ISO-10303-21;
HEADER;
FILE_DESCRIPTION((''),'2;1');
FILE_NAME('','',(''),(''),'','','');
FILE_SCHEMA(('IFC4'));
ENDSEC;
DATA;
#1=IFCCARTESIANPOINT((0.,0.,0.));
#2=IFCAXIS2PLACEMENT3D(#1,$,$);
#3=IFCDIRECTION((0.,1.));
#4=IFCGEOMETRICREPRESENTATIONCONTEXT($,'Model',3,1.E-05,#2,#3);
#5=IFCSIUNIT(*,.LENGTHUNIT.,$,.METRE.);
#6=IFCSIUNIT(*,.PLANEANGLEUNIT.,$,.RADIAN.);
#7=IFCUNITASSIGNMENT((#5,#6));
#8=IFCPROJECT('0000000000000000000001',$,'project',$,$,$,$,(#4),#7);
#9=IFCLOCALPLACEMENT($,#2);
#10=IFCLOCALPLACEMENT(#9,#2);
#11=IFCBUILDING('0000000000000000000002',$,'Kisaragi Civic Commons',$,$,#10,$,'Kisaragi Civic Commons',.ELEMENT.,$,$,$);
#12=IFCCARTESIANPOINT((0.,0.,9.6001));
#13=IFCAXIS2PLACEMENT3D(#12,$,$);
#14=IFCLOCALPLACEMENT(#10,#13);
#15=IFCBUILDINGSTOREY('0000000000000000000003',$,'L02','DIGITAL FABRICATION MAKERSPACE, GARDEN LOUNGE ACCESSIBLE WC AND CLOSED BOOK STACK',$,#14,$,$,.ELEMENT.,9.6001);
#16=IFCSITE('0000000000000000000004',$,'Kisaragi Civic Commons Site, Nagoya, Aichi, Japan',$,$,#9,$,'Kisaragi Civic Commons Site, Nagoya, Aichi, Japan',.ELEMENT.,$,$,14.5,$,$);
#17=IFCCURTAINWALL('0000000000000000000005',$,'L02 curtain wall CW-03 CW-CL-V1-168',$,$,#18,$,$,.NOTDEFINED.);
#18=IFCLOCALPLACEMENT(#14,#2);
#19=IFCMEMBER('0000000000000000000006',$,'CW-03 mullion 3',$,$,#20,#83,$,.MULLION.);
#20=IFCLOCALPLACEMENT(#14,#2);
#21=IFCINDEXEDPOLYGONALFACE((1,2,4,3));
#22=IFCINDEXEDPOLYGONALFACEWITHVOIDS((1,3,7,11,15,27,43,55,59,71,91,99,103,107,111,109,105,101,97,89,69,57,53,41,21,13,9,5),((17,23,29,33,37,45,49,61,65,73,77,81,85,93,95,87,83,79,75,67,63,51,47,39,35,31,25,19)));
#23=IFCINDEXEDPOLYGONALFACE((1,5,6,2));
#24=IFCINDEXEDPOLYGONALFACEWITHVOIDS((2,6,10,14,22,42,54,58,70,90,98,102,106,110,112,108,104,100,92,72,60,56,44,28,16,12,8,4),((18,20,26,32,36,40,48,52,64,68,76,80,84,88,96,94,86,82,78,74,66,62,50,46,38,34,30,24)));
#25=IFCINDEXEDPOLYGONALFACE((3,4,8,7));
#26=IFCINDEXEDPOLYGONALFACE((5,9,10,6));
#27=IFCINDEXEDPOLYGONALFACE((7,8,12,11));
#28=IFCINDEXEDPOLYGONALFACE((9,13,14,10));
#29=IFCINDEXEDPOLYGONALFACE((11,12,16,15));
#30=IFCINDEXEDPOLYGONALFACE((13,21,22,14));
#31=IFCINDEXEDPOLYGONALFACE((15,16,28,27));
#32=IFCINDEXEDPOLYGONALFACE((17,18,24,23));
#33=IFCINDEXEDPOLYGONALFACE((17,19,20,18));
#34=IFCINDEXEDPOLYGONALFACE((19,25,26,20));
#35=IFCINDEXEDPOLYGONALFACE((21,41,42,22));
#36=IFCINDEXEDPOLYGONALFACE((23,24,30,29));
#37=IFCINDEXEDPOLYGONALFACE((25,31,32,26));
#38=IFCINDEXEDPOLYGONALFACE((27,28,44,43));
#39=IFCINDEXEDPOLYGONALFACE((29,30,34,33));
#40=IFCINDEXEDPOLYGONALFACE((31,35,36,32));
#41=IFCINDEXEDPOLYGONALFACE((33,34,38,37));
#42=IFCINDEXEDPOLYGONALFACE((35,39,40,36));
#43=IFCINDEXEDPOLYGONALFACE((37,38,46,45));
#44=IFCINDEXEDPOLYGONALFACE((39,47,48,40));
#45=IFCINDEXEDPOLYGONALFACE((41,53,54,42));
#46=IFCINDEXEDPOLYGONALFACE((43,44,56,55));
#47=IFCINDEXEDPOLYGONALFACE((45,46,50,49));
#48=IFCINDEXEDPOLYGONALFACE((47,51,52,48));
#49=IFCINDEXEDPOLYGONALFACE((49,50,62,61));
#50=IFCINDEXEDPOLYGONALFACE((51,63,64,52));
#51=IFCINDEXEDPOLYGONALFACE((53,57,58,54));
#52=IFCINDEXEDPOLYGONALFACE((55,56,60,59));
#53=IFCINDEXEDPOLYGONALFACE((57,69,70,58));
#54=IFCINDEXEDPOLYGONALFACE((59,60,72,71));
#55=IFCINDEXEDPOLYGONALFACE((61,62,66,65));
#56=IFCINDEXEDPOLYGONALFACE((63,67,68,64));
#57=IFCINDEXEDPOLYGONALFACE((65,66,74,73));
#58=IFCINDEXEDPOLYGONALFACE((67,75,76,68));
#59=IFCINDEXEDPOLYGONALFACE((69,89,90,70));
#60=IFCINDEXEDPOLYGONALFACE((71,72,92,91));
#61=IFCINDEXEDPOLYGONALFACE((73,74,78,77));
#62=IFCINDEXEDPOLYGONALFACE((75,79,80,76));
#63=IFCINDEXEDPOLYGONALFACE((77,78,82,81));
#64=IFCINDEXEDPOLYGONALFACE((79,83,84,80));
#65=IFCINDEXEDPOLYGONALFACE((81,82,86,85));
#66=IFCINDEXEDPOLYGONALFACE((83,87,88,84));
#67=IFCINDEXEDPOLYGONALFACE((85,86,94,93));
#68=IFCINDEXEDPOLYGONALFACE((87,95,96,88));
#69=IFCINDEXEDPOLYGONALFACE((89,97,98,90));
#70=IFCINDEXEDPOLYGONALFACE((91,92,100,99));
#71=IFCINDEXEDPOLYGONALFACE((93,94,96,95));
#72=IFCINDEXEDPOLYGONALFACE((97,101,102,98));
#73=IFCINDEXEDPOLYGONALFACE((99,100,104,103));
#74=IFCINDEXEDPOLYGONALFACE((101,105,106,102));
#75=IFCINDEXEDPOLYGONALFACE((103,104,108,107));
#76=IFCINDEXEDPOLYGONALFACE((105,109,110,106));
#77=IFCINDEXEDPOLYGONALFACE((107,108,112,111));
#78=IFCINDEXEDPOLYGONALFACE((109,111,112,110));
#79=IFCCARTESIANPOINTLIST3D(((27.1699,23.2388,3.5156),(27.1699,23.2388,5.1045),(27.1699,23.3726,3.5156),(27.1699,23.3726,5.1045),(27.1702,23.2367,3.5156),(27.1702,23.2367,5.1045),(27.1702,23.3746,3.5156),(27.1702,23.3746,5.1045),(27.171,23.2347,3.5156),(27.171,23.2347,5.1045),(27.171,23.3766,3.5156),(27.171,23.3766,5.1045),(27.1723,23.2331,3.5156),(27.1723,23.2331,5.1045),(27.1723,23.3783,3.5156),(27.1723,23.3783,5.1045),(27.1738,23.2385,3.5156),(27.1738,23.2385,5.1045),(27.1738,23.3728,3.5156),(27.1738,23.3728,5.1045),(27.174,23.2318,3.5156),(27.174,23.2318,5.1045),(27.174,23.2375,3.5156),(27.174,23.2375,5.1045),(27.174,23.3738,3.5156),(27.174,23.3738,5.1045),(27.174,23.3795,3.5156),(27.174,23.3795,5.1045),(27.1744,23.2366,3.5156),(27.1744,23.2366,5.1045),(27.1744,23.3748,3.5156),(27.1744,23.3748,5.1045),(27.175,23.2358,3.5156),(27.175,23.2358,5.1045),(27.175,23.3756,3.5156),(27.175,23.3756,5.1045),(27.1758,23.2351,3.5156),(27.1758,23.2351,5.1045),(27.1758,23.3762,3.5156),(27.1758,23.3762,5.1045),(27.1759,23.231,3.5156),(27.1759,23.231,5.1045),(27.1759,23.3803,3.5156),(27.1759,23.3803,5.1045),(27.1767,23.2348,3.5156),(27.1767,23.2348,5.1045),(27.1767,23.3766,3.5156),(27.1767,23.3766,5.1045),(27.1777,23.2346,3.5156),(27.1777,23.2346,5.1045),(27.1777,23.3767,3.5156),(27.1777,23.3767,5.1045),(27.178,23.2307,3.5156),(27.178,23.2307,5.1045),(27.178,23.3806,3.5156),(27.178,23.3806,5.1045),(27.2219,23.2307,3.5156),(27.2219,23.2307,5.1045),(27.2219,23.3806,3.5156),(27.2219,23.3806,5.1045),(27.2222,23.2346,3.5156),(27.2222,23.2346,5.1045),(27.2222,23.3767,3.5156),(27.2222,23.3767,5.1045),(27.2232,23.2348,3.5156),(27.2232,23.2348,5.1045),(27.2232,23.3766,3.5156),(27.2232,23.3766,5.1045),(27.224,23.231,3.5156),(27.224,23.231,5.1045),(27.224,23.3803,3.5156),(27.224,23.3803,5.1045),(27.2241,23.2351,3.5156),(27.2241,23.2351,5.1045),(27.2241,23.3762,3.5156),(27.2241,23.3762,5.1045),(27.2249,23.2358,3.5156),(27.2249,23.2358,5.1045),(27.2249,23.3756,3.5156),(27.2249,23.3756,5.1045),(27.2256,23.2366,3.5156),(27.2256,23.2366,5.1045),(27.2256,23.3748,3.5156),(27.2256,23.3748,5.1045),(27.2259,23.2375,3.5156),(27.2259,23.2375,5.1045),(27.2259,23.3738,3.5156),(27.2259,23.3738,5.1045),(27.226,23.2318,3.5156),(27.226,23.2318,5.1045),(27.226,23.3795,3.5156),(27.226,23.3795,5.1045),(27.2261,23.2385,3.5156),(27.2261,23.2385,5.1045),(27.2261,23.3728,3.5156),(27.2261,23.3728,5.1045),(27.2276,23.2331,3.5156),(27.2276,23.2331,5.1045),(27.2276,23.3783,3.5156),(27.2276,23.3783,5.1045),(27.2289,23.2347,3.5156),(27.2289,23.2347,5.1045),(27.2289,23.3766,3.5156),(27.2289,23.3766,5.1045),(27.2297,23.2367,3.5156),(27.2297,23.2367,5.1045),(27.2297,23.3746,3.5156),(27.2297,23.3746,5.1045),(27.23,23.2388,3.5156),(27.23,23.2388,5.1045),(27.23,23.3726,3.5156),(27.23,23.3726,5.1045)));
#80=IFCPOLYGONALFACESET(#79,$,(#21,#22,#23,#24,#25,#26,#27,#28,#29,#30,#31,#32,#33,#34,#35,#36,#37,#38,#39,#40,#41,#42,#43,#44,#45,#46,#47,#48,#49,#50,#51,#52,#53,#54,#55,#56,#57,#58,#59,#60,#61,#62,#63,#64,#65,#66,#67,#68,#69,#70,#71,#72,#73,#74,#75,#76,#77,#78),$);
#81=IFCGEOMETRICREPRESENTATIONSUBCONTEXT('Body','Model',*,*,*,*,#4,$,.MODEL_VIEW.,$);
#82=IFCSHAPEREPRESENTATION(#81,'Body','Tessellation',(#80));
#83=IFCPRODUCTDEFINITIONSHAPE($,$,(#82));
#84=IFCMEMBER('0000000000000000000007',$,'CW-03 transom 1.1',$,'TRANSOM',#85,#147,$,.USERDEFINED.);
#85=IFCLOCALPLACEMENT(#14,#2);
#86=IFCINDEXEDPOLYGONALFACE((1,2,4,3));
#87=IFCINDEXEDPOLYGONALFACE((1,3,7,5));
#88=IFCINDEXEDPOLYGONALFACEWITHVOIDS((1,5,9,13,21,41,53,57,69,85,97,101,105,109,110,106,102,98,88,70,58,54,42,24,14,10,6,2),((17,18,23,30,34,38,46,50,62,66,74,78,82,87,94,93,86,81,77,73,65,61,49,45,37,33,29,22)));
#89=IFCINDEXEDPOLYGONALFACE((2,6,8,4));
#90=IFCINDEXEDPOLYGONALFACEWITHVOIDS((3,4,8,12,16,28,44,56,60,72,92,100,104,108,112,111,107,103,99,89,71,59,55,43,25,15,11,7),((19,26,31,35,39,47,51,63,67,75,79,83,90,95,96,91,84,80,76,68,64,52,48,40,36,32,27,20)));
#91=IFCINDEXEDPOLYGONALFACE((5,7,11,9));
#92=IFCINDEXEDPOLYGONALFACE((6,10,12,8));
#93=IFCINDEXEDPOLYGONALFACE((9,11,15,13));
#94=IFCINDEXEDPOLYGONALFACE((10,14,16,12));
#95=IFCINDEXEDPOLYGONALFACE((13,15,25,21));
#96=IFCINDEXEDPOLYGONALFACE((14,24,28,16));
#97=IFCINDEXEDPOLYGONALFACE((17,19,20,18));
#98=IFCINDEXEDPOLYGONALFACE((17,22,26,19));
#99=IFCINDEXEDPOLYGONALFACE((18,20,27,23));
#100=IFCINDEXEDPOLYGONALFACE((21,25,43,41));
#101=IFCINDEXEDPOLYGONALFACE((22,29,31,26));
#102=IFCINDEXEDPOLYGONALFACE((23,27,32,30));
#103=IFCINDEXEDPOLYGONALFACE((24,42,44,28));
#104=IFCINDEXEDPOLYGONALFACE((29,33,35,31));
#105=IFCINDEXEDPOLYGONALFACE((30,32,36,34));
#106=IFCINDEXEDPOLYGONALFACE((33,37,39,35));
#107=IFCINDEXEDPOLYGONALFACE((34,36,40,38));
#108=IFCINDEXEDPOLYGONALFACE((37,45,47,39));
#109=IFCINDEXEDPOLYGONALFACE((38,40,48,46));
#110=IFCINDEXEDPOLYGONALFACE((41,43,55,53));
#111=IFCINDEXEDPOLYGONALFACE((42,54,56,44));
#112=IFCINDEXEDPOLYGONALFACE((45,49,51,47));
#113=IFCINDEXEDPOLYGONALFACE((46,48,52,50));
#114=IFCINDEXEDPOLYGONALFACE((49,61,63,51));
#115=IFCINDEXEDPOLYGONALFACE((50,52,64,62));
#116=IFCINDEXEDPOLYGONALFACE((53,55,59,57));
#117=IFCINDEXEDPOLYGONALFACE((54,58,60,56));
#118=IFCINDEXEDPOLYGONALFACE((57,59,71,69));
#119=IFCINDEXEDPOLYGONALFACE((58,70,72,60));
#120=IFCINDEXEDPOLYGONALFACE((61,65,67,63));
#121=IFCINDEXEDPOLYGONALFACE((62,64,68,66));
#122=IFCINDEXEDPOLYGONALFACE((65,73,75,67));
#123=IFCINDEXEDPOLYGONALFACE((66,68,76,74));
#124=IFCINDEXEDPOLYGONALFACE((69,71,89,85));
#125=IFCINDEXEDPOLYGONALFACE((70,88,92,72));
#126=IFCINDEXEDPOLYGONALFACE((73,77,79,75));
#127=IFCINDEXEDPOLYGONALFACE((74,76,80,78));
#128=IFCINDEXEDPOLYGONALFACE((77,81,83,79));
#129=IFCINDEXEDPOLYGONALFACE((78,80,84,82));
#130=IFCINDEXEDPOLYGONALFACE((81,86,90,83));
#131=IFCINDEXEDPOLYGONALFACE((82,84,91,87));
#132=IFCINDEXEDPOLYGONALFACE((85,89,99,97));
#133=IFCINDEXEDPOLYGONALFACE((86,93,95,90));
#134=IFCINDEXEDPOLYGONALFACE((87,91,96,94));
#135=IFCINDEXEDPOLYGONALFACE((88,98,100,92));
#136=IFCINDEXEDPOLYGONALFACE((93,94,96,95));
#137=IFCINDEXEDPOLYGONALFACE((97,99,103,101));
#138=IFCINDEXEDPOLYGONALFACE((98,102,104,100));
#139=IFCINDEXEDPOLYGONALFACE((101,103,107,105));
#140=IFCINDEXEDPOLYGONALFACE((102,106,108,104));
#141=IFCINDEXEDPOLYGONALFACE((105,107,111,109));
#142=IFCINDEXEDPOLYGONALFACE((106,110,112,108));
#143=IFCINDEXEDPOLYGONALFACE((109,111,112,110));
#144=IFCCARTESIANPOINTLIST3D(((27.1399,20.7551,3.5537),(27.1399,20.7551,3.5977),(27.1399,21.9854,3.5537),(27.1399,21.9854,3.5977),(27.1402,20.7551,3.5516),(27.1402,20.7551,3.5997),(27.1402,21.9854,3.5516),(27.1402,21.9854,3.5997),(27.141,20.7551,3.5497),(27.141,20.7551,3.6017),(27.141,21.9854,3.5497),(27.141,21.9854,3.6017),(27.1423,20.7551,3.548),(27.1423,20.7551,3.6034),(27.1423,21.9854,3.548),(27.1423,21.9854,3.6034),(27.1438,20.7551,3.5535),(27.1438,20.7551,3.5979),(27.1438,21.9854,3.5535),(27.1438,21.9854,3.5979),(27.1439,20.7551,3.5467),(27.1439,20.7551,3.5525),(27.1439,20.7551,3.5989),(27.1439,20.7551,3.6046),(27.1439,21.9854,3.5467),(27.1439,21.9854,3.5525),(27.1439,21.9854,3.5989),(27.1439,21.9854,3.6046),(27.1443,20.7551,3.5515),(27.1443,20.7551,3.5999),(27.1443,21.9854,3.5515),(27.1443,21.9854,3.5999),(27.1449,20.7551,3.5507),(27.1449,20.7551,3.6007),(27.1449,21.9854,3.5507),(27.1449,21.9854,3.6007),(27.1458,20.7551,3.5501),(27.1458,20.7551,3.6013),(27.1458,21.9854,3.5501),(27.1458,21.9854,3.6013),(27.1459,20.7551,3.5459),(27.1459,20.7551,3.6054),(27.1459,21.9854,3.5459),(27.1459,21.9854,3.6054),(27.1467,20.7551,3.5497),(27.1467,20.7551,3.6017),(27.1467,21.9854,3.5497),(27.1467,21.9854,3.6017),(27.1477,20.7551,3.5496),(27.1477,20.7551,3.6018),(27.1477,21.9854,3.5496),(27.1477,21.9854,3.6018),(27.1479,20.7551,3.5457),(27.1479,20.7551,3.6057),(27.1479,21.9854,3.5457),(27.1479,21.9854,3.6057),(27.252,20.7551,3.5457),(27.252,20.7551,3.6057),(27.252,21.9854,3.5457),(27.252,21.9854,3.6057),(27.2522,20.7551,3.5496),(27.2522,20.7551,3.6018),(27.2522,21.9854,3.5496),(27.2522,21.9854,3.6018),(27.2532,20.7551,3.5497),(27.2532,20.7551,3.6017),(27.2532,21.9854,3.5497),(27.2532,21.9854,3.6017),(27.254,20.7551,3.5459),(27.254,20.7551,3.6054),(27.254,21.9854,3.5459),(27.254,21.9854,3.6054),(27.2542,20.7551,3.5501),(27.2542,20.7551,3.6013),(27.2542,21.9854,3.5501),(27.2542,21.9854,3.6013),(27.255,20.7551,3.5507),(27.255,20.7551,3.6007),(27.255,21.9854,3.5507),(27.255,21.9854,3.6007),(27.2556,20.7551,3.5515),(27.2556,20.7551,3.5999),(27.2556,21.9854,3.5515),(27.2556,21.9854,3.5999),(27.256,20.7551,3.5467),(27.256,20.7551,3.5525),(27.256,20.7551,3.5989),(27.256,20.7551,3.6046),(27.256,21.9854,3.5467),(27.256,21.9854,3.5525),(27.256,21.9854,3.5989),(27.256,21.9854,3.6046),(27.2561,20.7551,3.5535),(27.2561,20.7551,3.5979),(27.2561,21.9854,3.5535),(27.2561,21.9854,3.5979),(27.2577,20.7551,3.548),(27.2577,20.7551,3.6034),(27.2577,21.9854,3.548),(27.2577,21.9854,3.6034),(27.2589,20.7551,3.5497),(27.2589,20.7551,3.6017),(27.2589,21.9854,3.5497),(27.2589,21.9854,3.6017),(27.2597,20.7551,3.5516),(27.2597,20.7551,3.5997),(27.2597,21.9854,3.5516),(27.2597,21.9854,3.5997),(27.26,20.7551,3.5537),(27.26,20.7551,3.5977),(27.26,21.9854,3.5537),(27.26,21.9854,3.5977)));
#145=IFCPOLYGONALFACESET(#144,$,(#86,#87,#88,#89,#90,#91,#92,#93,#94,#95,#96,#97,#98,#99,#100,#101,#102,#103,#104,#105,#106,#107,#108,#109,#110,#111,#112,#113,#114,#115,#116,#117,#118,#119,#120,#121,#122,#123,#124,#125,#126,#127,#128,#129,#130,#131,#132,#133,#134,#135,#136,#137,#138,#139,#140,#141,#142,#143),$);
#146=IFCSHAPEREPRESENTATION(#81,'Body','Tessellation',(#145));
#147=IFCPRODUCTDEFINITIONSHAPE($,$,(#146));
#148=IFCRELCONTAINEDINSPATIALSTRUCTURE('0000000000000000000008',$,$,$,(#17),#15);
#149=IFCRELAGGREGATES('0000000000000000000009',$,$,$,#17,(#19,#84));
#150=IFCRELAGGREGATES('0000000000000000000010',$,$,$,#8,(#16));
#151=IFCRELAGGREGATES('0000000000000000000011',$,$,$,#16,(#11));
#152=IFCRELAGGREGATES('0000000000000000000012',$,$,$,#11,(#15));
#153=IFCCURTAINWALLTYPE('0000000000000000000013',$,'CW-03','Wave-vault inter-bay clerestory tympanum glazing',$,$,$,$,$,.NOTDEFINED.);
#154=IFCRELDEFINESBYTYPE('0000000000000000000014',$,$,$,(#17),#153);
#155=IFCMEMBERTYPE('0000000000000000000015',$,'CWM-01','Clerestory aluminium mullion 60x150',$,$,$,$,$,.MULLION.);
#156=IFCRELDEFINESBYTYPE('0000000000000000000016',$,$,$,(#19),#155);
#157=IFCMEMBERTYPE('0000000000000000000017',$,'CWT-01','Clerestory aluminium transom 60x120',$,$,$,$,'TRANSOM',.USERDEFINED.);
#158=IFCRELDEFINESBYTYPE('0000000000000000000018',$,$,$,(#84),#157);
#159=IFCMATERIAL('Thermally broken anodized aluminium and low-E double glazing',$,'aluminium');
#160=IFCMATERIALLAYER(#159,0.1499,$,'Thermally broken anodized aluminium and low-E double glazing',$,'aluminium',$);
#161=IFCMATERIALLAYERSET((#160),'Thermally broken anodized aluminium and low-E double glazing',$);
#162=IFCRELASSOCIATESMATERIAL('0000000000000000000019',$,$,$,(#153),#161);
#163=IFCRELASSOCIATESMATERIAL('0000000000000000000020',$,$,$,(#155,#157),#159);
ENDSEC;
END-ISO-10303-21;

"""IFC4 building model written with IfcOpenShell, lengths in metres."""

from ifc_helpers import new_model, si_unit, direction, frame, origin, origin_2d, place, context, subcontext, project, spatial, hollow_rectangle, extrude, material, layer, layer_set, material_profile, profile_set, type_object, element, aggregate, save


model = new_model("IFC4")

# Units and contexts
model_context = context("Model", 3, precision=1e-05, world=origin(), true_north=direction((0.0, 1.0)))
body_context = subcontext(model_context, "Body", "Model", "MODEL_VIEW")
ifc_project = project(units=[si_unit("LENGTHUNIT", "METRE"), si_unit("PLANEANGLEUNIT", "RADIAN")], contexts=[model_context])

# Site, building, storey
site_placement = place(None, origin())
site = spatial("IfcSite", under=ifc_project, at=site_placement, Name="Kisaragi Civic Commons Site, Nagoya, Aichi, Japan", LongName="Kisaragi Civic Commons Site, Nagoya, Aichi, Japan", CompositionType="ELEMENT", RefElevation=14.5)
building_placement = place(site_placement, origin())
building = spatial("IfcBuilding", under=site, at=building_placement, Name="Kisaragi Civic Commons", LongName="Kisaragi Civic Commons", CompositionType="ELEMENT")
storey_placement = place(building_placement, frame((0.0, 0.0, 9.6001)))
storey = spatial("IfcBuildingStorey", under=building, at=storey_placement, Name="L02", Description="DIGITAL FABRICATION MAKERSPACE, GARDEN LOUNGE ACCESSIBLE WC AND CLOSED BOOK STACK", CompositionType="ELEMENT", Elevation=9.6001)

# Curtain wall, members
ifc_material_1 = material(Name="Thermally broken anodized aluminium and low-E double glazing", Category="aluminium")
ifc_layer_1 = layer(ifc_material_1, 0.1499, Name="Thermally broken anodized aluminium and low-E double glazing", Category="aluminium")
ifc_layer_set_1 = layer_set([ifc_layer_1], Name="Thermally broken anodized aluminium and low-E double glazing")
curtain_wall_type = type_object("IfcCurtainWallType", Name="CW-03", Description="Wave-vault inter-bay clerestory tympanum glazing", PredefinedType="NOTDEFINED", material=ifc_layer_set_1)
curtain_wall_placement = place(storey_placement, origin())
curtain_wall = element("IfcCurtainWall", 1, at=curtain_wall_placement, inside=storey, type_object=curtain_wall_type, Name="L02 curtain wall CW-03 CW-CL-V1-168", PredefinedType="NOTDEFINED")
ifc_material_profile_1 = material_profile(ifc_material_1, hollow_rectangle(XDim=0.0601, YDim=0.1499, WallThickness=0.0039, InnerFilletRadius=0.0039, OuterFilletRadius=0.0081, at=origin_2d()), Name="CWM-60x150x4", Category="aluminium")
ifc_profile_set_1 = profile_set([ifc_material_profile_1], Name="Thermally broken anodized aluminium and low-E double glazing")
member_type_1 = type_object("IfcMemberType", Name="CWM-01", Description="Clerestory aluminium mullion 60x150", PredefinedType="MULLION", material=ifc_profile_set_1)
member_1_placement = place(storey_placement, frame((27.2, 23.3057, 3.5156), z_axis=(0.0, 0.0, 1.0), x_axis=(-1.0, 0.0, 0.0)))
member_1 = element("IfcMember", 2, at=member_1_placement, type_object=member_type_1, Name="CW-03 mullion 3", PredefinedType="MULLION", context=body_context, shape_type="SweptSolid", body=[
    extrude(hollow_rectangle(XDim=0.0601, YDim=0.1499, WallThickness=0.0039, InnerFilletRadius=0.0039, OuterFilletRadius=0.0081, at=origin_2d()), origin(), (0.0, 0.0, 1.0), 1.5889),
])
ifc_material_profile_2 = material_profile(ifc_material_1, hollow_rectangle(XDim=0.1201, YDim=0.0601, WallThickness=0.0039, InnerFilletRadius=0.0039, OuterFilletRadius=0.0081, at=origin_2d()), Name="CWT-60x120x4", Category="aluminium")
ifc_profile_set_2 = profile_set([ifc_material_profile_2], Name="Thermally broken anodized aluminium and low-E double glazing")
member_type_2 = type_object("IfcMemberType", Name="CWT-01", Description="Clerestory aluminium transom 60x120", ElementType="TRANSOM", PredefinedType="USERDEFINED", material=ifc_profile_set_2)
member_2_placement = place(storey_placement, frame((27.2, 20.7551, 3.5757), z_axis=(0.0, 1.0, 0.0), x_axis=(-1.0, 0.0, 0.0)))
member_2 = element("IfcMember", 3, at=member_2_placement, type_object=member_type_2, Name="CW-03 transom 1.1", ObjectType="TRANSOM", PredefinedType="USERDEFINED", context=body_context, shape_type="SweptSolid", body=[
    extrude(hollow_rectangle(XDim=0.1201, YDim=0.0601, WallThickness=0.0039, InnerFilletRadius=0.0039, OuterFilletRadius=0.0081, at=origin_2d()), origin(), (0.0, 0.0, 1.0), 1.2302),
])

aggregate(curtain_wall, [member_1, member_2])

save(model, "model.ifc")
